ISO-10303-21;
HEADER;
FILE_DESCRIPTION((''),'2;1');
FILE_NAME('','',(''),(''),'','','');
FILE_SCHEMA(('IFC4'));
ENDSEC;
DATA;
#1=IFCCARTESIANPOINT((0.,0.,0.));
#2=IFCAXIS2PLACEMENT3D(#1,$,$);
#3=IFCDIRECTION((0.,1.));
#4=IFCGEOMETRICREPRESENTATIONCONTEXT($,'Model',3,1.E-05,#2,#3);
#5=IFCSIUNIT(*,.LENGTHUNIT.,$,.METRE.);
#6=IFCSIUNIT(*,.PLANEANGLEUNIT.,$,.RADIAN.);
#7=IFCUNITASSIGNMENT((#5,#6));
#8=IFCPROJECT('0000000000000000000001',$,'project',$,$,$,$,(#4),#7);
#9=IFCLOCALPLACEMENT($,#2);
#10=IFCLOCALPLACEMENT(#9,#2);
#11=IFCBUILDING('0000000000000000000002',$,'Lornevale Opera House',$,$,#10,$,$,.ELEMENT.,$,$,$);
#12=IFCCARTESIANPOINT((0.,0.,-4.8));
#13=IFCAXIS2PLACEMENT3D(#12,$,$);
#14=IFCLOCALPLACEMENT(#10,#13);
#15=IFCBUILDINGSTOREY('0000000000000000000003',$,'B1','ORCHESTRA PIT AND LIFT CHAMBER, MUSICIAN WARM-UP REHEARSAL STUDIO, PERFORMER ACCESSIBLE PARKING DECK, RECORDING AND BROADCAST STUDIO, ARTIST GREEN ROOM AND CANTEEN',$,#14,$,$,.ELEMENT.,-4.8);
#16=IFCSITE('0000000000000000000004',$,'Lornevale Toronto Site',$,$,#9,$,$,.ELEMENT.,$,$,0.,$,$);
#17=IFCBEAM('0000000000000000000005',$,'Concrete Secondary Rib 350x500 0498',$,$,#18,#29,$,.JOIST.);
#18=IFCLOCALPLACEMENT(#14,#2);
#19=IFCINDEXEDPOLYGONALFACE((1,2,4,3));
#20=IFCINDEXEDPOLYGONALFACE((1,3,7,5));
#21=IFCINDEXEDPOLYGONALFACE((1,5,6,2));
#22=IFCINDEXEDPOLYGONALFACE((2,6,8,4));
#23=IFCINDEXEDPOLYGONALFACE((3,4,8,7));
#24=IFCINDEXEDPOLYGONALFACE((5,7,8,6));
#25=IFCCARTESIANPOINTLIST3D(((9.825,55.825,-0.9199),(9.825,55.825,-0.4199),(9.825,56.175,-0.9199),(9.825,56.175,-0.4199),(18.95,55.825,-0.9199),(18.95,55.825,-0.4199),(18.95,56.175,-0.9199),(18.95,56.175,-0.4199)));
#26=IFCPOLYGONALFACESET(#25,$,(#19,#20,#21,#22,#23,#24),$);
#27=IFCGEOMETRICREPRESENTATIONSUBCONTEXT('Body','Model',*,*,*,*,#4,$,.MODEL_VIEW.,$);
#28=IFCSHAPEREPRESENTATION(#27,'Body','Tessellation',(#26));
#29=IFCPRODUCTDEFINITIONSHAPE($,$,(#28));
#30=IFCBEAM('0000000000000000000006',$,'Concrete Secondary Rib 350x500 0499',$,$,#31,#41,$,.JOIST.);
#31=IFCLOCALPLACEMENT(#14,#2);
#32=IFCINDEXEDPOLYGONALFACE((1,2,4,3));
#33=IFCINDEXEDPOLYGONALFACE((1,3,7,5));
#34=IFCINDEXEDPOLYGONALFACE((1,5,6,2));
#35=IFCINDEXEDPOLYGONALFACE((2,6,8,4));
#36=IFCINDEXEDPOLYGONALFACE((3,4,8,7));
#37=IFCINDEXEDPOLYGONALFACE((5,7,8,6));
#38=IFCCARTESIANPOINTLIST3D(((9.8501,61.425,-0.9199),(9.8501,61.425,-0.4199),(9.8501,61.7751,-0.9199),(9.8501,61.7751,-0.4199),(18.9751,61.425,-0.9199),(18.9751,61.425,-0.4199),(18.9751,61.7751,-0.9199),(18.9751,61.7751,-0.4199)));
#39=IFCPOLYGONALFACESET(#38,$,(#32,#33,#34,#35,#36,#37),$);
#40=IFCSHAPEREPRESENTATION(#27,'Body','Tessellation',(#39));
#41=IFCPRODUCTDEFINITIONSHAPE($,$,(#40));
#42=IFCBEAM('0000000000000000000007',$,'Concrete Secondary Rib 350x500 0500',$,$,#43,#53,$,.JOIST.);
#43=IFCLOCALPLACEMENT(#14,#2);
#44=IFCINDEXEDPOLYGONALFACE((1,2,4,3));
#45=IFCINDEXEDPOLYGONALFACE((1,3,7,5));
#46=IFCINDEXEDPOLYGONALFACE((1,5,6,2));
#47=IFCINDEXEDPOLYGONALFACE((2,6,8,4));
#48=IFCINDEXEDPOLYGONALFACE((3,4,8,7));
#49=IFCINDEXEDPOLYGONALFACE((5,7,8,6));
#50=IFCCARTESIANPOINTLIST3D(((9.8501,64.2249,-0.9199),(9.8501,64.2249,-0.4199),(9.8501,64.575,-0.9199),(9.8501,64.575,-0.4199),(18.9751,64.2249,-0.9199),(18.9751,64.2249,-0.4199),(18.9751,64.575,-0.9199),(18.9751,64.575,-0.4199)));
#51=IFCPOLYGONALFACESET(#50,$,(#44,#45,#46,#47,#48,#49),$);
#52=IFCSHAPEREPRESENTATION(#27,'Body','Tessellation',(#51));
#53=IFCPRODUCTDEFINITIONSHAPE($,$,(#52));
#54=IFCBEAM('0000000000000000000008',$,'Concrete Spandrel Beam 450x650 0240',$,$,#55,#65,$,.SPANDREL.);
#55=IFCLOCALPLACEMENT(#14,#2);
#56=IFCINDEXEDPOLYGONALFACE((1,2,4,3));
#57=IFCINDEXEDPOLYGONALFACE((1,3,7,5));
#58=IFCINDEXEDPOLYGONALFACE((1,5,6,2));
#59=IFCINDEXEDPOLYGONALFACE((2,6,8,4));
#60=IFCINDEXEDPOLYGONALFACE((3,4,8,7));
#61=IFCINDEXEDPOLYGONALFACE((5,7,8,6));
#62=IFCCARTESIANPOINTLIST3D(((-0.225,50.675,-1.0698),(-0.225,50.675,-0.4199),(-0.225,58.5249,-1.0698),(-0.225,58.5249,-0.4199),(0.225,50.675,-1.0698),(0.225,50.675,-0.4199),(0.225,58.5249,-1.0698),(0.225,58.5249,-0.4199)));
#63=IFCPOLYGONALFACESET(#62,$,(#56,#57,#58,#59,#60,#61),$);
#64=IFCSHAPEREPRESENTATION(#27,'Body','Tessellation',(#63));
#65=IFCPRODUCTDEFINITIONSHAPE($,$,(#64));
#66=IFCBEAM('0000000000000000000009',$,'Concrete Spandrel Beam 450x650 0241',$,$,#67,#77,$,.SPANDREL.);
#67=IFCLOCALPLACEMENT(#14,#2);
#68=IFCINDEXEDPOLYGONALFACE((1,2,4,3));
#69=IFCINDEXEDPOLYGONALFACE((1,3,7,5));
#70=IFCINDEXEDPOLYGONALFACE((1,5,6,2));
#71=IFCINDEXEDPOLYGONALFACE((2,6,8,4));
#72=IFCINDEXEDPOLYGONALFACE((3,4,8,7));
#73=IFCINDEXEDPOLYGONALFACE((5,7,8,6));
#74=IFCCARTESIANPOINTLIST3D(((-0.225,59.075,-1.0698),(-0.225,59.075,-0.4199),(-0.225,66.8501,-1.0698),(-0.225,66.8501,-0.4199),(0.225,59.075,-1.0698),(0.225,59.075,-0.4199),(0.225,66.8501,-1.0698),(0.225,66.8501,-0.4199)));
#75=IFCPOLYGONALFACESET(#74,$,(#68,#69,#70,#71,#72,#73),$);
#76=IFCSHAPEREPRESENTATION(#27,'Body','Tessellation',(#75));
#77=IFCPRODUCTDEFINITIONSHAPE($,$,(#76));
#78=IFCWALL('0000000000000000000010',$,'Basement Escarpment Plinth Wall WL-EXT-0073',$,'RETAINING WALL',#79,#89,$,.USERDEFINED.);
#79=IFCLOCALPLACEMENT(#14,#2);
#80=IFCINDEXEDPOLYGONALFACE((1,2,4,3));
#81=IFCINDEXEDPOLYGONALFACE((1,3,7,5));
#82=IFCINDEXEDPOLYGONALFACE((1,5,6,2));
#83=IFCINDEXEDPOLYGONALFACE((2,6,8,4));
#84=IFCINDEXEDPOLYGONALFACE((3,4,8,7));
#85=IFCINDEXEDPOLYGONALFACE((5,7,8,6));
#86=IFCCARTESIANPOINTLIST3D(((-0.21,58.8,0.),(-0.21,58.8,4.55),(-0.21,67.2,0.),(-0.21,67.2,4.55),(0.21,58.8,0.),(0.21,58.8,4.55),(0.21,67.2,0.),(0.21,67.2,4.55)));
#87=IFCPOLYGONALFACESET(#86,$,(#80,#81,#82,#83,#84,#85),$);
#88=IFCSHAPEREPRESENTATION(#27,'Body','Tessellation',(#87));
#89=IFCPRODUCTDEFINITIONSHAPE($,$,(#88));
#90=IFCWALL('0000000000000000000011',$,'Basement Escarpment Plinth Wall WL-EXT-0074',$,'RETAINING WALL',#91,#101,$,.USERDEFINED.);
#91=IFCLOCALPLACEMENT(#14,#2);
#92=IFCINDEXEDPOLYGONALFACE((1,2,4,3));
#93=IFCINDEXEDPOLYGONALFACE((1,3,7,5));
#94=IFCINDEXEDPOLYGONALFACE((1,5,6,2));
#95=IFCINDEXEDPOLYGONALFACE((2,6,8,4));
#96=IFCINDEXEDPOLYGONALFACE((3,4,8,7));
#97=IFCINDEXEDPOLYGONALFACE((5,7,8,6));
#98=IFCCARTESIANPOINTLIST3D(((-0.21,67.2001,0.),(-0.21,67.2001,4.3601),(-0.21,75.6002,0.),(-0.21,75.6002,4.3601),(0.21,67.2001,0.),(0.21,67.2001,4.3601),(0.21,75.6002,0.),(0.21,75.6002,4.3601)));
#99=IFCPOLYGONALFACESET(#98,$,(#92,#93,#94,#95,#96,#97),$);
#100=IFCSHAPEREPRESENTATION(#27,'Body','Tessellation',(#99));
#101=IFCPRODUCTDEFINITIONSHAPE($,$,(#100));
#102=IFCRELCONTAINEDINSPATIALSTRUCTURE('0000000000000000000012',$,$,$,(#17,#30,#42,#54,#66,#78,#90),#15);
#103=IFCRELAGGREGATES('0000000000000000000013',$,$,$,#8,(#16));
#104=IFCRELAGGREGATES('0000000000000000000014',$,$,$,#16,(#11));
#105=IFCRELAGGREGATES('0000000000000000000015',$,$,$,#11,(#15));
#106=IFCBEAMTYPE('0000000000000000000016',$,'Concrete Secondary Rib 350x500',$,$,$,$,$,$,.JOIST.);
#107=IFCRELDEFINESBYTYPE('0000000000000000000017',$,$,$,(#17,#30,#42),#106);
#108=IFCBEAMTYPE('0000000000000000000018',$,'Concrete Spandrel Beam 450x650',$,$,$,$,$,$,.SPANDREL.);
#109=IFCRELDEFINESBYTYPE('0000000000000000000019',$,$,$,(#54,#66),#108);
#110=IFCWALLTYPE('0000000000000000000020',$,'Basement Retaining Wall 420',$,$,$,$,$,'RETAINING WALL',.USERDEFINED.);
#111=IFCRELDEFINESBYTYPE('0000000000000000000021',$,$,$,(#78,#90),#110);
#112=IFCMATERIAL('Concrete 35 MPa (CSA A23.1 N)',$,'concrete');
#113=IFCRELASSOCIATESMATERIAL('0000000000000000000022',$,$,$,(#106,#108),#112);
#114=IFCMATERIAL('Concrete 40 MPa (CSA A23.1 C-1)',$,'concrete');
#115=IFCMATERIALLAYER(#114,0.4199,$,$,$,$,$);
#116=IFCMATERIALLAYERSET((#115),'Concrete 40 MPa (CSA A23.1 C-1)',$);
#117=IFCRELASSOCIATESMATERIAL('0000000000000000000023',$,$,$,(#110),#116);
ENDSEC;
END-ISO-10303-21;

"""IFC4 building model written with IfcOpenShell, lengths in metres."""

from ifc_helpers import new_model, si_unit, direction, frame, frame_2d, origin, origin_2d, place, context, subcontext, project, spatial, rectangle, extrude, material, layer, layer_set, material_profile, profile_set, type_object, element, save


model = new_model("IFC4")

# Units and contexts
model_context = context("Model", 3, precision=1e-05, world=origin(), true_north=direction((0.0, 1.0)))
body_context = subcontext(model_context, "Body", "Model", "MODEL_VIEW")
ifc_project = project(units=[si_unit("LENGTHUNIT", "METRE"), si_unit("PLANEANGLEUNIT", "RADIAN")], contexts=[model_context])

# Site, building, storey
site_placement = place(None, origin())
site = spatial("IfcSite", under=ifc_project, at=site_placement, Name="Lornevale Toronto Site", CompositionType="ELEMENT", RefElevation=0.0)
building_placement = place(site_placement, origin())
building = spatial("IfcBuilding", under=site, at=building_placement, Name="Lornevale Opera House", CompositionType="ELEMENT")
storey_placement = place(building_placement, frame((0.0, 0.0, -4.8)))
storey = spatial("IfcBuildingStorey", under=building, at=storey_placement, Name="B1", Description="ORCHESTRA PIT AND LIFT CHAMBER, MUSICIAN WARM-UP REHEARSAL STUDIO, PERFORMER ACCESSIBLE PARKING DECK, RECORDING AND BROADCAST STUDIO, ARTIST GREEN ROOM AND CANTEEN", CompositionType="ELEMENT", Elevation=-4.8)

# Shared definitions
ifc_material_1 = material(Name="Concrete 35 MPa (CSA A23.1 N)", Category="concrete")
ifc_material_2 = material(Name="Concrete 40 MPa (CSA A23.1 C-1)", Category="concrete")

# Beams
ifc_material_profile_1 = material_profile(ifc_material_1, rectangle(XDim=0.3501, YDim=0.5, at=origin_2d()), Name="RC350x500")
ifc_profile_set_1 = profile_set([ifc_material_profile_1], Name="Concrete 35 MPa (CSA A23.1 N)")
beam_type_1 = type_object("IfcBeamType", Name="Concrete Secondary Rib 350x500", PredefinedType="JOIST", material=ifc_profile_set_1)
for number, where, z_axis, x_axis, name in (
    (1, (9.825, 56.0, -0.6699), (1.0, 0.0, 0.0), (0.0, 1.0, 0.0), "Concrete Secondary Rib 350x500 0498"),
    (2, (9.8501, 61.6001, -0.6699), (1.0, 0.0, 0.0), (0.0, 1.0, 0.0), "Concrete Secondary Rib 350x500 0499"),
    (3, (9.8501, 64.3999, -0.6699), (1.0, 0.0, 0.0), (0.0, 1.0, 0.0), "Concrete Secondary Rib 350x500 0500"),
):
    element("IfcBeam", number, at=place(storey_placement, frame(where, z_axis=z_axis, x_axis=x_axis)), inside=storey, type_object=beam_type_1, Name=name, PredefinedType="JOIST", context=body_context, shape_type="SweptSolid", body=[
        extrude(rectangle(XDim=0.3501, YDim=0.5, at=origin_2d()), origin(), (0.0, 0.0, 1.0), 9.125),
    ])
ifc_material_profile_2 = material_profile(ifc_material_1, rectangle(XDim=0.45, YDim=0.6499, at=origin_2d()), Name="RC450x650")
ifc_profile_set_2 = profile_set([ifc_material_profile_2], Name="Concrete 35 MPa (CSA A23.1 N)")
beam_type_2 = type_object("IfcBeamType", Name="Concrete Spandrel Beam 450x650", PredefinedType="SPANDREL", material=ifc_profile_set_2)
beam_1_placement = place(storey_placement, frame((0.0, 50.675, -0.7449), z_axis=(0.0, 1.0, 0.0), x_axis=(-1.0, 0.0, 0.0)))
element("IfcBeam", 4, at=beam_1_placement, inside=storey, type_object=beam_type_2, Name="Concrete Spandrel Beam 450x650 0240", PredefinedType="SPANDREL", context=body_context, shape_type="SweptSolid", body=[
    extrude(rectangle(XDim=0.45, YDim=0.6499, at=origin_2d()), origin(), (0.0, 0.0, 1.0), 7.8499),
])
beam_2_placement = place(storey_placement, frame((0.0, 59.075, -0.7449), z_axis=(0.0, 1.0, 0.0), x_axis=(-1.0, 0.0, 0.0)))
element("IfcBeam", 5, at=beam_2_placement, inside=storey, type_object=beam_type_2, Name="Concrete Spandrel Beam 450x650 0241", PredefinedType="SPANDREL", context=body_context, shape_type="SweptSolid", body=[
    extrude(rectangle(XDim=0.45, YDim=0.6499, at=origin_2d()), origin(), (0.0, 0.0, 1.0), 7.7751),
])

# Walls
ifc_layer = layer(ifc_material_2, 0.4199)
ifc_layer_set = layer_set([ifc_layer], Name="Concrete 40 MPa (CSA A23.1 C-1)")
wall_type = type_object("IfcWallType", Name="Basement Retaining Wall 420", ElementType="RETAINING WALL", PredefinedType="USERDEFINED", material=ifc_layer_set)
wall_1_placement = place(storey_placement, frame((0.0, 58.8, 0.0), z_axis=(0.0, 0.0, 1.0), x_axis=(0.0, 1.0, 0.0)))
element("IfcWall", 6, at=wall_1_placement, inside=storey, type_object=wall_type, Name="Basement Escarpment Plinth Wall WL-EXT-0073", ObjectType="RETAINING WALL", PredefinedType="USERDEFINED", context=body_context, shape_type="SweptSolid", body=[
    extrude(rectangle(XDim=8.3999, YDim=0.4199, at=frame_2d((4.2, 0.0))), origin(), (0.0, 0.0, 1.0), 4.55),
])
wall_2_placement = place(storey_placement, frame((0.0, 67.2, 0.0), z_axis=(0.0, 0.0, 1.0), x_axis=(0.0, 1.0, 0.0)))
element("IfcWall", 7, at=wall_2_placement, inside=storey, type_object=wall_type, Name="Basement Escarpment Plinth Wall WL-EXT-0074", ObjectType="RETAINING WALL", PredefinedType="USERDEFINED", context=body_context, shape_type="SweptSolid", body=[
    extrude(rectangle(XDim=8.4001, YDim=0.4199, at=frame_2d((4.2002, 0.0))), origin(), (0.0, 0.0, 1.0), 4.3601),
])

save(model, "model.ifc")
